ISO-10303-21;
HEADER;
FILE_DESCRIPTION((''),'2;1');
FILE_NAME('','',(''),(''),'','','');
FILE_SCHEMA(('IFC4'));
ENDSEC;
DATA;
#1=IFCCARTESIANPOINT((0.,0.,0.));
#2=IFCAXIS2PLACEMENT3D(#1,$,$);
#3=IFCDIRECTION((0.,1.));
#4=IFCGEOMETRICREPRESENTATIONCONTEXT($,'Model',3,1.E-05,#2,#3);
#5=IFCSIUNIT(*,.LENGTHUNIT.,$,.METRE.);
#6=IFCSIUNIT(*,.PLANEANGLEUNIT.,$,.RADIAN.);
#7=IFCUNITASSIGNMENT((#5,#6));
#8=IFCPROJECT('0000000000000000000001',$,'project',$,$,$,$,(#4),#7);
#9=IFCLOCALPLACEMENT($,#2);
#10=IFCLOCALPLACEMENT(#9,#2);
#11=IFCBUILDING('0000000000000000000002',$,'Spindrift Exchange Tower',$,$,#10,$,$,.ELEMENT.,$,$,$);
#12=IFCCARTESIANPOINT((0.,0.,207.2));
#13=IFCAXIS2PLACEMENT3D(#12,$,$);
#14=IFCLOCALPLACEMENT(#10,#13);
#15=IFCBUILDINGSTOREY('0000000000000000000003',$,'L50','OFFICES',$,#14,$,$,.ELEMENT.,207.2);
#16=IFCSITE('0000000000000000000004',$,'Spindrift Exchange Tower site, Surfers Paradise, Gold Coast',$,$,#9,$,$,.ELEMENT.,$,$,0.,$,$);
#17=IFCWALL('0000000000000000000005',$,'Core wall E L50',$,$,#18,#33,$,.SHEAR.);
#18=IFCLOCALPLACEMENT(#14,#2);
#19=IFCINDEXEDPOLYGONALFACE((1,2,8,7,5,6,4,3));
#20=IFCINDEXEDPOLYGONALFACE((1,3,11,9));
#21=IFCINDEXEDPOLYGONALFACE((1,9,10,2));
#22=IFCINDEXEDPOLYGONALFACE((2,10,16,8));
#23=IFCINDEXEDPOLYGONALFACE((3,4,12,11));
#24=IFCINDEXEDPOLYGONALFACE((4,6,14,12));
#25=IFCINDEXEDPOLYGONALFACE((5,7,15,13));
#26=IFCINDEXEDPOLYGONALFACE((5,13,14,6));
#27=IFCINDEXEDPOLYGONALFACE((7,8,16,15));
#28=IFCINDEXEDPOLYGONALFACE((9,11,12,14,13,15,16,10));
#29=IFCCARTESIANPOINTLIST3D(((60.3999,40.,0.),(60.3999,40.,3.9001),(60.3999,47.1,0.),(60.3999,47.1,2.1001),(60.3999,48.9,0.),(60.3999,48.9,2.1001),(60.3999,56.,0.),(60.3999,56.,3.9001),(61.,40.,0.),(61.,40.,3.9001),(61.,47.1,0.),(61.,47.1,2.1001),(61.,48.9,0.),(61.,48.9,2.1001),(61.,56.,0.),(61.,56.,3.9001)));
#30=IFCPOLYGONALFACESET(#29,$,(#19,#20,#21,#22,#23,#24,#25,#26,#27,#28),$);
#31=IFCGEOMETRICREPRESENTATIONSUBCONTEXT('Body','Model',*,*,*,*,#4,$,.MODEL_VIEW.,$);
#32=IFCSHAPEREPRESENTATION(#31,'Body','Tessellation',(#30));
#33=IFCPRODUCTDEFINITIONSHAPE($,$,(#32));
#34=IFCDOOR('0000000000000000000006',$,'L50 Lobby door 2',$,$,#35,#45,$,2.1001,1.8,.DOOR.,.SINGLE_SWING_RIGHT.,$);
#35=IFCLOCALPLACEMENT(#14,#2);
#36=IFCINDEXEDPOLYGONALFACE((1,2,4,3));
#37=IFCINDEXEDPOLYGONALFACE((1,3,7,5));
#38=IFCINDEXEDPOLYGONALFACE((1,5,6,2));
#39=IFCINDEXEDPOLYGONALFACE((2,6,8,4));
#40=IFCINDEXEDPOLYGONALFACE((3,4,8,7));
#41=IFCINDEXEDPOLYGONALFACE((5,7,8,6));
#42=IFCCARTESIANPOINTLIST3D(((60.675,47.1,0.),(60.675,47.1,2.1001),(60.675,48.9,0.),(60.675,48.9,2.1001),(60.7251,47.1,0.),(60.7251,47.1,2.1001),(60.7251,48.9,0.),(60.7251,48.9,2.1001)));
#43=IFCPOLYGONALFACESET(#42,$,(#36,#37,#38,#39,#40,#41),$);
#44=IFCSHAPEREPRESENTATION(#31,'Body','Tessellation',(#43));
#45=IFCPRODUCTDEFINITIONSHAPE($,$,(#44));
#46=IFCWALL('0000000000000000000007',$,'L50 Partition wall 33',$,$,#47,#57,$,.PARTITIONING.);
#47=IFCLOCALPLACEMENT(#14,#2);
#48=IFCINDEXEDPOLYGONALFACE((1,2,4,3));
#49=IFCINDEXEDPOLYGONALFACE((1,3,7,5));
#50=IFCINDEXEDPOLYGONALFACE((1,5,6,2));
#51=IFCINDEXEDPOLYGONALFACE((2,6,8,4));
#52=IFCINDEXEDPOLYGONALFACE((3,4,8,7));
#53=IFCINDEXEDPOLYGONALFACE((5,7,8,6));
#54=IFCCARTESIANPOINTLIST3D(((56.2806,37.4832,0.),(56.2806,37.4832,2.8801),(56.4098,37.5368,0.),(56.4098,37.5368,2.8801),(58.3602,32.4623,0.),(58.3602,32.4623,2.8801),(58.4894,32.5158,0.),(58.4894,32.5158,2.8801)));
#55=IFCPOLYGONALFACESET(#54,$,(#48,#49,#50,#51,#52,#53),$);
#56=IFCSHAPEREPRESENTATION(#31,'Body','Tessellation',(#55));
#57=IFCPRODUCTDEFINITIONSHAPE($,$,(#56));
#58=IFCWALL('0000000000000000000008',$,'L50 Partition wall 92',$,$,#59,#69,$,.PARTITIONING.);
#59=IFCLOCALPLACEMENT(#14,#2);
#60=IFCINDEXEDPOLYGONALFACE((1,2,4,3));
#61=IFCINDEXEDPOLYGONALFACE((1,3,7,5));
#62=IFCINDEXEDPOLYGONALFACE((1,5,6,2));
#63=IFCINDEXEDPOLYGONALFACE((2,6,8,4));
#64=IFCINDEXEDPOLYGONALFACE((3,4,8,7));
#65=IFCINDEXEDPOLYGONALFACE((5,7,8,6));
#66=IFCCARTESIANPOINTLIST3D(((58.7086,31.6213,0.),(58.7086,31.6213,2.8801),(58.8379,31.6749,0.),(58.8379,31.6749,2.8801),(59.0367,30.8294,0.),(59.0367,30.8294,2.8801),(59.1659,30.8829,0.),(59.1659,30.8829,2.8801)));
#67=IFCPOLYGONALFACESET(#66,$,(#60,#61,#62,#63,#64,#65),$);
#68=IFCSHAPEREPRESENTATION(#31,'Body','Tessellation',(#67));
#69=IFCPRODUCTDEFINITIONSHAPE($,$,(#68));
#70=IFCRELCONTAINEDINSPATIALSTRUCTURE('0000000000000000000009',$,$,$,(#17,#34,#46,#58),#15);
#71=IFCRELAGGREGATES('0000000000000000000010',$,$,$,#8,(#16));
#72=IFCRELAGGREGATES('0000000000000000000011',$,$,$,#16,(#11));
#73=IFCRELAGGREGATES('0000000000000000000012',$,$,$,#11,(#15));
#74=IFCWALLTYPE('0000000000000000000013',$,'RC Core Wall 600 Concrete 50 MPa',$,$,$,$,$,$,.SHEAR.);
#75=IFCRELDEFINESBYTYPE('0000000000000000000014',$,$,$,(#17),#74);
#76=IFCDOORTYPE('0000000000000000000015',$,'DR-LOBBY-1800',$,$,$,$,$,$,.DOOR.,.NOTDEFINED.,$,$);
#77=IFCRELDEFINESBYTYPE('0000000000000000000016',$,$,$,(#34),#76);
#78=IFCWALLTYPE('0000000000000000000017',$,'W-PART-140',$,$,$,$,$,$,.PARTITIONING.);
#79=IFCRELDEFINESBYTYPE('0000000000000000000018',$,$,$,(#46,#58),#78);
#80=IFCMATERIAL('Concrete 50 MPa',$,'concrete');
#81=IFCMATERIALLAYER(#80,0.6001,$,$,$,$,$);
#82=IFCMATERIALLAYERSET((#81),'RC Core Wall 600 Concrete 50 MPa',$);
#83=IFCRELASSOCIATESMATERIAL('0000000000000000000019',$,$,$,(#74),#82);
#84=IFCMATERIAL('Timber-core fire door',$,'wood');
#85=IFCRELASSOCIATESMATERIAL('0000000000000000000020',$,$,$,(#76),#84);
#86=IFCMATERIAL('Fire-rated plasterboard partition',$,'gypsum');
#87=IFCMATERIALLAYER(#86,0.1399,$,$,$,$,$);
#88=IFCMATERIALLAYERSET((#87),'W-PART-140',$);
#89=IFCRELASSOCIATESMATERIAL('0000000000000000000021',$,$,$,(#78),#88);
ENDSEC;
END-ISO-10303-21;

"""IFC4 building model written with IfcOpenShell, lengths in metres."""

from ifc_helpers import new_model, si_unit, direction, frame, frame_2d, origin, place, context, subcontext, project, spatial, rectangle, extrude, source, transform, mapped, material, layer, layer_set, type_object, element, fill, save


model = new_model("IFC4")

# Units and contexts
model_context = context("Model", 3, precision=1e-05, world=origin(), true_north=direction((0.0, 1.0)))
body_context = subcontext(model_context, "Body", "Model", "MODEL_VIEW")
ifc_project = project(units=[si_unit("LENGTHUNIT", "METRE"), si_unit("PLANEANGLEUNIT", "RADIAN")], contexts=[model_context])

# Site, building, storey
site_placement = place(None, origin())
site = spatial("IfcSite", under=ifc_project, at=site_placement, Name="Spindrift Exchange Tower site, Surfers Paradise, Gold Coast", CompositionType="ELEMENT", RefElevation=0.0)
building_placement = place(site_placement, origin())
building = spatial("IfcBuilding", under=site, at=building_placement, Name="Spindrift Exchange Tower", CompositionType="ELEMENT")
storey_placement = place(building_placement, frame((0.0, 0.0, 207.2)))
storey = spatial("IfcBuildingStorey", under=building, at=storey_placement, Name="L50", Description="OFFICES", CompositionType="ELEMENT", Elevation=207.2)

# Shared definitions
ifc_material_1 = material(Name="Concrete 50 MPa", Category="concrete")

# Wall, opening, door
ifc_layer_1 = layer(ifc_material_1, 0.6001)
ifc_layer_set_1 = layer_set([ifc_layer_1], Name="RC Core Wall 600 Concrete 50 MPa")
wall_type_1 = type_object("IfcWallType", Name="RC Core Wall 600 Concrete 50 MPa", PredefinedType="SHEAR", material=ifc_layer_set_1)
wall_1_placement = place(storey_placement, frame((60.7, 40.0, 0.0), z_axis=(0.0, 0.0, 1.0), x_axis=(0.0, 1.0, 0.0)))
wall_1 = element("IfcWall", 1, at=wall_1_placement, inside=storey, type_object=wall_type_1, Name="Core wall E L50", PredefinedType="SHEAR", context=body_context, shape_type="SweptSolid", body=[
    extrude(rectangle(XDim=16.0, YDim=0.6001, at=frame_2d((8.0, 0.0))), origin(), (0.0, 0.0, 1.0), 3.9001),
])
opening_placement = place(wall_1_placement, frame((7.1001, 0.0, 0.0)))
opening = element("IfcOpeningElement", 2, at=opening_placement, cuts=wall_1, PredefinedType="OPENING", context=body_context, shape_type="SweptSolid", body=[
    extrude(rectangle(XDim=1.8, YDim=2.1001, at=frame_2d((0.8999, 1.05))), frame((0.0, 0.3101, 0.0), z_axis=(0.0, -1.0, 0.0), x_axis=(1.0, 0.0, 0.0)), (0.0, 0.0, 1.0), 0.6201),
])
ifc_material_2 = material(Name="Timber-core fire door", Category="wood")
door_type = type_object("IfcDoorType", Name="DR-LOBBY-1800", OperationType="NOTDEFINED", PredefinedType="DOOR", material=ifc_material_2)
shared_shape_1 = source(origin(), body_context, "Body", "SweptSolid", [
    extrude(rectangle(XDim=1.8, YDim=2.1001, at=frame_2d((0.8999, 1.05))), frame((0.0, 0.0249, 0.0), z_axis=(0.0, -1.0, 0.0), x_axis=(1.0, 0.0, 0.0)), (0.0, 0.0, 1.0), 0.05),
])
door_placement = place(opening_placement, origin())
door = element("IfcDoor", 3, at=door_placement, inside=storey, type_object=door_type, Name="L50 Lobby door 2", OperationType="SINGLE_SWING_RIGHT", OverallHeight=2.1001, OverallWidth=1.8, PredefinedType="DOOR", context=body_context, shape_type="MappedRepresentation", body=[
    mapped(shared_shape_1, transform((0.0, 0.0, 0.0), scale=1.0)),
])
fill(opening, door)

# Walls
ifc_material_3 = material(Name="Fire-rated plasterboard partition", Category="gypsum")
ifc_layer_2 = layer(ifc_material_3, 0.1399)
ifc_layer_set_2 = layer_set([ifc_layer_2], Name="W-PART-140")
wall_type_2 = type_object("IfcWallType", Name="W-PART-140", PredefinedType="PARTITIONING", material=ifc_layer_set_2)
wall_2_placement = place(storey_placement, frame((56.3452, 37.51, 0.0), z_axis=(0.0, 0.0, 1.0), x_axis=(0.382656, -0.923891, 0.0)))
element("IfcWall", 4, at=wall_2_placement, inside=storey, type_object=wall_type_2, Name="L50 Partition wall 33", PredefinedType="PARTITIONING", context=body_context, shape_type="SweptSolid", body=[
    extrude(rectangle(XDim=5.4346, YDim=0.1399, at=frame_2d((2.7173, 0.0))), origin(), (0.0, 0.0, 1.0), 2.8801),
])
wall_3_placement = place(storey_placement, frame((58.7732, 31.6482, 0.0), z_axis=(0.0, 0.0, 1.0), x_axis=(0.382754, -0.92385, 0.0)))
element("IfcWall", 5, at=wall_3_placement, inside=storey, type_object=wall_type_2, Name="L50 Partition wall 92", PredefinedType="PARTITIONING", context=body_context, shape_type="SweptSolid", body=[
    extrude(rectangle(XDim=0.8572, YDim=0.1399, at=frame_2d((0.4287, 0.0))), origin(), (0.0, 0.0, 1.0), 2.8801),
])

save(model, "model.ifc")
